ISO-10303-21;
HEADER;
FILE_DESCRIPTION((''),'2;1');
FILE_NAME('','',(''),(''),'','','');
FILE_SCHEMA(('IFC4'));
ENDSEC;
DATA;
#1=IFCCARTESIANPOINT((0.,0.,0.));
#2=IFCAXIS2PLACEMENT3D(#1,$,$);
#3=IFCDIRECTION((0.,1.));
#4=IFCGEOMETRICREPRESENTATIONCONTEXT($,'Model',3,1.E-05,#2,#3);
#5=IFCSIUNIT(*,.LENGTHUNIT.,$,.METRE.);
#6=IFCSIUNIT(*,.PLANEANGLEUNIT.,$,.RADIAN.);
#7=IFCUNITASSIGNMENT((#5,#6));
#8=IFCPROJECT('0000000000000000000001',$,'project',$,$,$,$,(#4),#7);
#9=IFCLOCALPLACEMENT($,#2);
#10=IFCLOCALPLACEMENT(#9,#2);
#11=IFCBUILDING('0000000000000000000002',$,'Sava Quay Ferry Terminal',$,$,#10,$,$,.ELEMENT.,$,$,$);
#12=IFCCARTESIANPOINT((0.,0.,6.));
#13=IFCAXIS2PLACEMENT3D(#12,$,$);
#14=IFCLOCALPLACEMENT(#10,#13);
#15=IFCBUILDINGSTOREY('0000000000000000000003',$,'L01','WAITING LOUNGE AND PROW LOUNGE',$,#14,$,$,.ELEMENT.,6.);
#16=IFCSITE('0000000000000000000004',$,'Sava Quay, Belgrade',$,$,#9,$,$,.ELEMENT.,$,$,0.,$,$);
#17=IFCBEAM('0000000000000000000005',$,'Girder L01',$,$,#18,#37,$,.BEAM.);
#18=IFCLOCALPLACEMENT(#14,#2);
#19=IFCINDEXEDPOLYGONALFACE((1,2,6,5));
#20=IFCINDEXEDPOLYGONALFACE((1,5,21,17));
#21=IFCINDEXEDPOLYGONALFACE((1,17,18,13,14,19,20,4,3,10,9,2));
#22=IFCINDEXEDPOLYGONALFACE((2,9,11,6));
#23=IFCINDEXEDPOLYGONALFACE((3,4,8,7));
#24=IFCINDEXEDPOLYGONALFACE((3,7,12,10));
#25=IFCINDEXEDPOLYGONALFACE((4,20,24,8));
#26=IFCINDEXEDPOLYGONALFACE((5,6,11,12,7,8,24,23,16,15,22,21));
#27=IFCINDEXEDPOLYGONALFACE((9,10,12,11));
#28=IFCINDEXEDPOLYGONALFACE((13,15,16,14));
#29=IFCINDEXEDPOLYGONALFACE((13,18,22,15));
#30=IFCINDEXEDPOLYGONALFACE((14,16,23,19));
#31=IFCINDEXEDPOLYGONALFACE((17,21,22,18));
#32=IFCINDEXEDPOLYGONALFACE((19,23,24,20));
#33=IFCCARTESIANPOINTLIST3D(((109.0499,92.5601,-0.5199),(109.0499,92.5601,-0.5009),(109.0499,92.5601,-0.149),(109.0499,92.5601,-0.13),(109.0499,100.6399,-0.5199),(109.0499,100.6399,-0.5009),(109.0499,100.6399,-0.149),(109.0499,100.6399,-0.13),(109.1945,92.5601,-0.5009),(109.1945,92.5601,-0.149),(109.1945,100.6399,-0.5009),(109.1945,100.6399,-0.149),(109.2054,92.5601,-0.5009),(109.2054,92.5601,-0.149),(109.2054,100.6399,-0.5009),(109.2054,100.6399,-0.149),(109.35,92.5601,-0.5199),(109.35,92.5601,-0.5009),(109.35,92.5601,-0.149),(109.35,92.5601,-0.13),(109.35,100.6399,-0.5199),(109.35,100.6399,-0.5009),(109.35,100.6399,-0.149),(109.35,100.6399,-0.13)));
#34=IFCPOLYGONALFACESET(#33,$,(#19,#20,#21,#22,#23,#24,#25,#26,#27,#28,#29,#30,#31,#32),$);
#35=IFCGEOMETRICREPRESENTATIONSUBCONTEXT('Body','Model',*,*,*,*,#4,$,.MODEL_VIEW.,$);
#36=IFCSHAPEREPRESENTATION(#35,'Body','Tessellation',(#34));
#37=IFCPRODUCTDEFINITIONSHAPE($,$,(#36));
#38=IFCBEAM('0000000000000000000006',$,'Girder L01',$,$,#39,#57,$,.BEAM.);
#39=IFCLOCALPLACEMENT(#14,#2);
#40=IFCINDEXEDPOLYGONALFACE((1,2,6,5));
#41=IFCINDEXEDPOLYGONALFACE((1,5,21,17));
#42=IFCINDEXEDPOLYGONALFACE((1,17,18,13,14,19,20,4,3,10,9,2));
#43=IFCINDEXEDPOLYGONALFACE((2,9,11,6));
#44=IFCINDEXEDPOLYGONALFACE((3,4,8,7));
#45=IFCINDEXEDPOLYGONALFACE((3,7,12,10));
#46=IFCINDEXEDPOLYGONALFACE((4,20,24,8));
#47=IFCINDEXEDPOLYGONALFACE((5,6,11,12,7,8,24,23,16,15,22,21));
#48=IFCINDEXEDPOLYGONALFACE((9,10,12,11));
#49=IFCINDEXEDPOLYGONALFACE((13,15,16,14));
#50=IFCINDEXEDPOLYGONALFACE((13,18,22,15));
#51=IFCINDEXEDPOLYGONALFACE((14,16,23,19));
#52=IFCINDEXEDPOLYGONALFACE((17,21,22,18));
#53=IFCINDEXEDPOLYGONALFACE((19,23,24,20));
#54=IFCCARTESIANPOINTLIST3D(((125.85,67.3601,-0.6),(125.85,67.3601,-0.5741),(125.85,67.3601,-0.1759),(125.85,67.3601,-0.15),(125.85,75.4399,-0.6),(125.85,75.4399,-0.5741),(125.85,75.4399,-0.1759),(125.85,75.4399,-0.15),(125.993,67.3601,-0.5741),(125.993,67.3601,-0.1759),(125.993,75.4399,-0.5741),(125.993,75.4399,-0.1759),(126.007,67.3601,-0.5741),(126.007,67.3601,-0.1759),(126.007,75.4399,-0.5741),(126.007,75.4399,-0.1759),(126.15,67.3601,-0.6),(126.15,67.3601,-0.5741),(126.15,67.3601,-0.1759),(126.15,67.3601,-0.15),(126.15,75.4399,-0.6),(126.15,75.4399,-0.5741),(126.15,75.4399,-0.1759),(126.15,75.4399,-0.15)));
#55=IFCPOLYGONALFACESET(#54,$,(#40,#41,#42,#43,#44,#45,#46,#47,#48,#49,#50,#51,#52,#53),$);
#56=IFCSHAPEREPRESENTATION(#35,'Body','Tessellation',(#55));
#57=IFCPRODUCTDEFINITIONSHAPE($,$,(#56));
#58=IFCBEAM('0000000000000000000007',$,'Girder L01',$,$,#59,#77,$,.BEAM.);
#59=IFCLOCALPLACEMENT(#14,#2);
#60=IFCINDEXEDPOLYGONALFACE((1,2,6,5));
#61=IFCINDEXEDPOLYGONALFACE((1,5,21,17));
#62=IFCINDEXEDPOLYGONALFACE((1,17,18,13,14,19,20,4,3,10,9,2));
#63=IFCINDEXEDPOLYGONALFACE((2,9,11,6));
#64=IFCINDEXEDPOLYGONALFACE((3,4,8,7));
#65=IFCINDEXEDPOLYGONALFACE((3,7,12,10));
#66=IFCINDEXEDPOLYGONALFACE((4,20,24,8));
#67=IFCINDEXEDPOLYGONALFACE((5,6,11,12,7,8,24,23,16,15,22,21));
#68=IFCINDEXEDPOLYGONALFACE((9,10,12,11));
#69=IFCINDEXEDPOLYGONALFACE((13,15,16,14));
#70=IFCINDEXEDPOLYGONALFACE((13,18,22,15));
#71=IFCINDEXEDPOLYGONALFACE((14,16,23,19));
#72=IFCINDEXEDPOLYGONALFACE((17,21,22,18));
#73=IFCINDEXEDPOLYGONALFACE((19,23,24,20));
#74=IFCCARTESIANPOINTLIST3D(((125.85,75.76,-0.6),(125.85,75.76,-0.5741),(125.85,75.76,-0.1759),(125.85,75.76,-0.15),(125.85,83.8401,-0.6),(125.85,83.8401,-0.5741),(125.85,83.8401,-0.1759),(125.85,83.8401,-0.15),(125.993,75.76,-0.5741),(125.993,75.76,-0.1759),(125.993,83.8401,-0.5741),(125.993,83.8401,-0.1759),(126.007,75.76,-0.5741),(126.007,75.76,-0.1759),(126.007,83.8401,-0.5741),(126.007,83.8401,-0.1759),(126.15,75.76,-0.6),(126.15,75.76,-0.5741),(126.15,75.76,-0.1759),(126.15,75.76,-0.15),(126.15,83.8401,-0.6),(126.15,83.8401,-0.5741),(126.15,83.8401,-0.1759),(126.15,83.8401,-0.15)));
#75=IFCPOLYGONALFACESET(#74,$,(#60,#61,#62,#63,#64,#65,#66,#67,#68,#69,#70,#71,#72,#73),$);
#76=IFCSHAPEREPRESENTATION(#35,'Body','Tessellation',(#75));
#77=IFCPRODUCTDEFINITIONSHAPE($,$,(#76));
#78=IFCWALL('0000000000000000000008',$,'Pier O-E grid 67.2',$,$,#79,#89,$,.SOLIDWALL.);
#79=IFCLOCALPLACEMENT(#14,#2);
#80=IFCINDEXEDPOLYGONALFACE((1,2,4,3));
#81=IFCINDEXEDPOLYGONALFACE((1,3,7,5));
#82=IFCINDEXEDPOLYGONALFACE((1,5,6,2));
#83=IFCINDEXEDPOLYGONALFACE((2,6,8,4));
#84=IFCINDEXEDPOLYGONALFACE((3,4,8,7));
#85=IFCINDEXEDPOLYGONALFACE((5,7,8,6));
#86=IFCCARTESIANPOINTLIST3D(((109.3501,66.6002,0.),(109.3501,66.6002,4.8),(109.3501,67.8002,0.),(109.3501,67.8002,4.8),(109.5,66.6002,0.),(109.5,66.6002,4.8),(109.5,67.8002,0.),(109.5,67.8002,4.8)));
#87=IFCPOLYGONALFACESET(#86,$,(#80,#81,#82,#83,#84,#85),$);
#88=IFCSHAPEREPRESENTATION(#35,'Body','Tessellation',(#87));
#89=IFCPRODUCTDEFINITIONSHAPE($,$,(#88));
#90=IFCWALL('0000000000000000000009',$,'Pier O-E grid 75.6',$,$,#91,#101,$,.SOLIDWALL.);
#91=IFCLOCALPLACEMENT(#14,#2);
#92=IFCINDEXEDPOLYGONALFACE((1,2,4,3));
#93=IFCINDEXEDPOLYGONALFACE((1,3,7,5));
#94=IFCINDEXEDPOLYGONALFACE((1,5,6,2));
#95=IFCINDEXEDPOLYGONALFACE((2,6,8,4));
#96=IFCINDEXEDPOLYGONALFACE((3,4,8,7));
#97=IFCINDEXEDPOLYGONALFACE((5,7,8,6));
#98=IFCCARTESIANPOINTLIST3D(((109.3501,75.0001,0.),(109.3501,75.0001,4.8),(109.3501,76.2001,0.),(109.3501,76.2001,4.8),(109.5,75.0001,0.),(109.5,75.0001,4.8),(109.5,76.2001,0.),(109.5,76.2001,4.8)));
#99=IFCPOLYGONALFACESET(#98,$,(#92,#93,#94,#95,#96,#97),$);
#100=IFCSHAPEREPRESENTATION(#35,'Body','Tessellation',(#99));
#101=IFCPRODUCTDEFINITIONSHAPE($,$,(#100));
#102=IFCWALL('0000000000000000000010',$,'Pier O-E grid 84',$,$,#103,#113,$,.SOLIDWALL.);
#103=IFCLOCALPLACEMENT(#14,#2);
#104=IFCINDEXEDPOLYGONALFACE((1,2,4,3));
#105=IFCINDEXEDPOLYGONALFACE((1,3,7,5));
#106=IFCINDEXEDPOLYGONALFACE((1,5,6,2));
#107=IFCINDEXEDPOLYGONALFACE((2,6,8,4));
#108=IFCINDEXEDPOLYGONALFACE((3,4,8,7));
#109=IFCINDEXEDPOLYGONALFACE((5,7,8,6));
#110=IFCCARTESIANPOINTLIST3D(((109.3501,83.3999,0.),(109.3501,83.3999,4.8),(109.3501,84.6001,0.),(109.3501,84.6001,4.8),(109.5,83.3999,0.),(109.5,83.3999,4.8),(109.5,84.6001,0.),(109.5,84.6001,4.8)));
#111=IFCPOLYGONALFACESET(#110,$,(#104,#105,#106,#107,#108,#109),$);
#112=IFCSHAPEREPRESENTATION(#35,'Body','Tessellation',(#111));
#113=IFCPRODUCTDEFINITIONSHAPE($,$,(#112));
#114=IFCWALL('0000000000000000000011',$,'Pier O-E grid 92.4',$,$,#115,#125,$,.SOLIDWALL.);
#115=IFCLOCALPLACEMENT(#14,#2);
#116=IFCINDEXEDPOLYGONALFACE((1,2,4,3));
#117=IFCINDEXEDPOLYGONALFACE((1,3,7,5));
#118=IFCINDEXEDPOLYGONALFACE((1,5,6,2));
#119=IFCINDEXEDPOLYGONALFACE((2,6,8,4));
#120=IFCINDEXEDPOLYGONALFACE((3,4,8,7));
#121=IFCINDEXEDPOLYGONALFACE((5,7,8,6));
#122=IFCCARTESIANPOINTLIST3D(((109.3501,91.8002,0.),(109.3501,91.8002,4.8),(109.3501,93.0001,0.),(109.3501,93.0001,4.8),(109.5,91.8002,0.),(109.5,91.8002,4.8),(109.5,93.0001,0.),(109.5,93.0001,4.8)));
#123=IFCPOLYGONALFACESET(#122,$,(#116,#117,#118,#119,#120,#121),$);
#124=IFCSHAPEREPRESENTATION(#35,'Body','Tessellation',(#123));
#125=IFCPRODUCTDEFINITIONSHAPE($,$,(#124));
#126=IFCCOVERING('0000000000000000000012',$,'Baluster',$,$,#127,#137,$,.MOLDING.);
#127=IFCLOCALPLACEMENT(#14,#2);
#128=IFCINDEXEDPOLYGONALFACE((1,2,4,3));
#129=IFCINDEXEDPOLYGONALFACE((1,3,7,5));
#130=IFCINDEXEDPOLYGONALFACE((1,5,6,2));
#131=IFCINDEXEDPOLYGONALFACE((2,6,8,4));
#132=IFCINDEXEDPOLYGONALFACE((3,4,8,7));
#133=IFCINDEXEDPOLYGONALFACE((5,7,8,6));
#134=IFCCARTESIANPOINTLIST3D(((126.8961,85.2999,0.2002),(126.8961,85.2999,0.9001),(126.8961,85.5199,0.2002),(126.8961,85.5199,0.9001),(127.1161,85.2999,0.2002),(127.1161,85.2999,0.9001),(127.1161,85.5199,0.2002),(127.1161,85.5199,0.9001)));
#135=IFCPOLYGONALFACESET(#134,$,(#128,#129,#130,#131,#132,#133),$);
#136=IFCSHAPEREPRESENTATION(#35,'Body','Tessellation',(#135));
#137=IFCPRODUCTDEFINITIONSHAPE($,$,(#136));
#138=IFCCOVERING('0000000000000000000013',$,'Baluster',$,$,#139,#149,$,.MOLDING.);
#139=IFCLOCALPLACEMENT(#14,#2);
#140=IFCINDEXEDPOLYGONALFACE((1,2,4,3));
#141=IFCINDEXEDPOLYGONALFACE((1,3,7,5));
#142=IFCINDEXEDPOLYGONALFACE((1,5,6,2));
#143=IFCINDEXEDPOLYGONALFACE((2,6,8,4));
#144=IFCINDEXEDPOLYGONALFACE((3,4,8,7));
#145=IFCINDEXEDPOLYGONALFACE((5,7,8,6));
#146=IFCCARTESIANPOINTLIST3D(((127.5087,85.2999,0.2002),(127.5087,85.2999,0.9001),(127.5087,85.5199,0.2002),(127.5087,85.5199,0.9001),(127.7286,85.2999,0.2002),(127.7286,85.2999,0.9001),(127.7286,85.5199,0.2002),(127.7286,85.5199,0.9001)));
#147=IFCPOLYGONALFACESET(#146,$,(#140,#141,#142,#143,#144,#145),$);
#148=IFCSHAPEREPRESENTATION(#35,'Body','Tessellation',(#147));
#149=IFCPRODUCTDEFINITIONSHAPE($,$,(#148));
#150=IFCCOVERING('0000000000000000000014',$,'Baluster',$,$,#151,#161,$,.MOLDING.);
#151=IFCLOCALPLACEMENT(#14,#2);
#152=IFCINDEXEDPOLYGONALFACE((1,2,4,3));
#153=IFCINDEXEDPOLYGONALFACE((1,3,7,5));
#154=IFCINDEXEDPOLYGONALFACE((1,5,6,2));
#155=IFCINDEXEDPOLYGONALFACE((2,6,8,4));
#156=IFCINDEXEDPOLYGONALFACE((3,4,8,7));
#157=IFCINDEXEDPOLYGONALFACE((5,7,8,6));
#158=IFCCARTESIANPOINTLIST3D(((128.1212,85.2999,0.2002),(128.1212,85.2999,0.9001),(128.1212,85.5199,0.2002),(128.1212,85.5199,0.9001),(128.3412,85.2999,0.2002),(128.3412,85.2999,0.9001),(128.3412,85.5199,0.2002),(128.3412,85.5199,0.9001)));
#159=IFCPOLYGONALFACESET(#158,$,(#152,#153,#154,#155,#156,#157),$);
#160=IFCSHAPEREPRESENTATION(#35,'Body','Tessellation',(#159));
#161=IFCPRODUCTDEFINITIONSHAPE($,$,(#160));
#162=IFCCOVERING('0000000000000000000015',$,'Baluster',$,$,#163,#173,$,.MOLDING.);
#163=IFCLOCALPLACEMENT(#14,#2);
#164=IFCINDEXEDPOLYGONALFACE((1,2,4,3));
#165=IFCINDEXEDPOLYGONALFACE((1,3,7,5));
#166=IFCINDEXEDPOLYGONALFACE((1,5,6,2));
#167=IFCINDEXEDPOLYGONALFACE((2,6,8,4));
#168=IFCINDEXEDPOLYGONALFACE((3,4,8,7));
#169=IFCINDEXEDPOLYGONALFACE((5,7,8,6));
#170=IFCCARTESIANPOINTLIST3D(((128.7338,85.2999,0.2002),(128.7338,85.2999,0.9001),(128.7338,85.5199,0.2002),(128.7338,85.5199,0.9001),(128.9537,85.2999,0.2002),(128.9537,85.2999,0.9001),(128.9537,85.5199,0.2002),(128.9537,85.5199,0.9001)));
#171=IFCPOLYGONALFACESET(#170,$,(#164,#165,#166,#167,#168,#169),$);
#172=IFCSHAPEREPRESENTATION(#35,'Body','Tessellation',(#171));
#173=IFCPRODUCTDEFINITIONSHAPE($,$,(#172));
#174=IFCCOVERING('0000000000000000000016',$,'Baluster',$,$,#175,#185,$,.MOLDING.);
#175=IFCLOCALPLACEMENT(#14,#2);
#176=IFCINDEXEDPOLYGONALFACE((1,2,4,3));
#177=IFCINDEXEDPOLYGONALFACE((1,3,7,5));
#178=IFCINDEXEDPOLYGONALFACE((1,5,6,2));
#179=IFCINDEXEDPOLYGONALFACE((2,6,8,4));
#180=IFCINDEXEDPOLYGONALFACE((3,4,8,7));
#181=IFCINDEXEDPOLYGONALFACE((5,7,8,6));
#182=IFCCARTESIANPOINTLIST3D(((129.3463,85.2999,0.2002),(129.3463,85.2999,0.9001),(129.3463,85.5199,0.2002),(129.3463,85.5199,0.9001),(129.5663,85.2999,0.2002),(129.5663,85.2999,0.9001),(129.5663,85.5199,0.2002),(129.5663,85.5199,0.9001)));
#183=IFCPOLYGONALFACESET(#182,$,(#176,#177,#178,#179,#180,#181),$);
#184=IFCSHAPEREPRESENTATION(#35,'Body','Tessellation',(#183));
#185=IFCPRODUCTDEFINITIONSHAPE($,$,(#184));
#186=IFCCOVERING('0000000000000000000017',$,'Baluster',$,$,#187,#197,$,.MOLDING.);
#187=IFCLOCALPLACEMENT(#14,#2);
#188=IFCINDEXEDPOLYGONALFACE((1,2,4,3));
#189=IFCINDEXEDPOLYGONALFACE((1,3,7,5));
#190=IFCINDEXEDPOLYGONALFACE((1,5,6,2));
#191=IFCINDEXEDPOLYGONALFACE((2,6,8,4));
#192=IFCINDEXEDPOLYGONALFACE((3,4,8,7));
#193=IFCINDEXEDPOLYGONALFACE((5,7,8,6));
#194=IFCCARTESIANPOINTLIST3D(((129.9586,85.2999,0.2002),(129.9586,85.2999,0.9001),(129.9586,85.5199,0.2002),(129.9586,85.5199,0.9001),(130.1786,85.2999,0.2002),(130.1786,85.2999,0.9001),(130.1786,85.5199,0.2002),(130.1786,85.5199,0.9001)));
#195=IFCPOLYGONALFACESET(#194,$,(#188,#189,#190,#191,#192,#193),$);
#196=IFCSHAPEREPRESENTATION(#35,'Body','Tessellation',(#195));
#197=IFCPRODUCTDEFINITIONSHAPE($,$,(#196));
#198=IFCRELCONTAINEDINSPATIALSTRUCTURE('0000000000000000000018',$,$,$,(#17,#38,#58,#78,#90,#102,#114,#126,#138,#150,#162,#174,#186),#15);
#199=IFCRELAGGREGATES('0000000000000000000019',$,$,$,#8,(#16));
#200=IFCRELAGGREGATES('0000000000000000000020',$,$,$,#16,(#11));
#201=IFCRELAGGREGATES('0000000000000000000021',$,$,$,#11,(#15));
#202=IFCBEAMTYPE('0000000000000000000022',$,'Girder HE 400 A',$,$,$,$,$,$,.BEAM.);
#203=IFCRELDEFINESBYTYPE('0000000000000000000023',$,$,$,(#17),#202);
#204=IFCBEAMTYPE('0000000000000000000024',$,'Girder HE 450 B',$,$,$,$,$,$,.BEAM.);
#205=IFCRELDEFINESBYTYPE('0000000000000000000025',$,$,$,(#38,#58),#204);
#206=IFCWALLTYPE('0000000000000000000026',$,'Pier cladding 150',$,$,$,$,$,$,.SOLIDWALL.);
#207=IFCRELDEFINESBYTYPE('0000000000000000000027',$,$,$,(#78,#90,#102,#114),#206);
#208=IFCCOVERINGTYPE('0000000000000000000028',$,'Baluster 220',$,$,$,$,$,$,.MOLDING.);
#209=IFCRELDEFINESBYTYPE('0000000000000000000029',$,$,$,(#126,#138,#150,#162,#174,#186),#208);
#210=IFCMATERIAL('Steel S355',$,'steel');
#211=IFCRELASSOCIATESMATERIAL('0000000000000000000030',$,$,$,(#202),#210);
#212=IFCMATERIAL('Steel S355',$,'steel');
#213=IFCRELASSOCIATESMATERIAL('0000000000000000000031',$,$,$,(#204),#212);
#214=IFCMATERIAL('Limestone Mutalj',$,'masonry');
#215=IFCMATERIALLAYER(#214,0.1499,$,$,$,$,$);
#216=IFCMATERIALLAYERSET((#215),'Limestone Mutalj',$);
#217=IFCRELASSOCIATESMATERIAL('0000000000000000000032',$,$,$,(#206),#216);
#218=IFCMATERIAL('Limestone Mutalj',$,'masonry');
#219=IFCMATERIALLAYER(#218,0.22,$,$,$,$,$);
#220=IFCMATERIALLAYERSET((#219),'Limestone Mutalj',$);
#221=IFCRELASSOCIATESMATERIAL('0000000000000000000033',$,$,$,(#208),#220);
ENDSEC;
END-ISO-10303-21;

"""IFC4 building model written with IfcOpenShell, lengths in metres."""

from ifc_helpers import new_model, si_unit, direction, frame, frame_2d, origin, origin_2d, place, context, subcontext, project, spatial, rectangle, i_section, extrude, material, layer, layer_set, material_profile, profile_set, type_object, element, save


model = new_model("IFC4")

# Units and contexts
model_context = context("Model", 3, precision=1e-05, world=origin(), true_north=direction((0.0, 1.0)))
body_context = subcontext(model_context, "Body", "Model", "MODEL_VIEW")
ifc_project = project(units=[si_unit("LENGTHUNIT", "METRE"), si_unit("PLANEANGLEUNIT", "RADIAN")], contexts=[model_context])

# Site, building, storey
site_placement = place(None, origin())
site = spatial("IfcSite", under=ifc_project, at=site_placement, Name="Sava Quay, Belgrade", CompositionType="ELEMENT", RefElevation=0.0)
building_placement = place(site_placement, origin())
building = spatial("IfcBuilding", under=site, at=building_placement, Name="Sava Quay Ferry Terminal", CompositionType="ELEMENT")
storey_placement = place(building_placement, frame((0.0, 0.0, 6.0)))
storey = spatial("IfcBuildingStorey", under=building, at=storey_placement, Name="L01", Description="WAITING LOUNGE AND PROW LOUNGE", CompositionType="ELEMENT", Elevation=6.0)

# Beams
ifc_material_1 = material(Name="Steel S355", Category="steel")
ifc_material_profile_1 = material_profile(ifc_material_1, i_section(OverallWidth=0.3, OverallDepth=0.3899, WebThickness=0.011, FlangeThickness=0.019, at=origin_2d()), Name="HE 400 A")
ifc_profile_set_1 = profile_set([ifc_material_profile_1], Name="Steel S355")
beam_type_1 = type_object("IfcBeamType", Name="Girder HE 400 A", PredefinedType="BEAM", material=ifc_profile_set_1)
beam_1_placement = place(storey_placement, frame((109.2, 92.5601, -0.325), z_axis=(0.0, 1.0, 0.0), x_axis=(-1.0, 0.0, 0.0)))
element("IfcBeam", 1, at=beam_1_placement, inside=storey, type_object=beam_type_1, Name="Girder L01", PredefinedType="BEAM", context=body_context, shape_type="SweptSolid", body=[
    extrude(i_section(OverallWidth=0.3, OverallDepth=0.3899, WebThickness=0.011, FlangeThickness=0.019, at=origin_2d()), origin(), (0.0, 0.0, 1.0), 8.0798),
])
ifc_material_2 = material(Name="Steel S355", Category="steel")
ifc_material_profile_2 = material_profile(ifc_material_2, i_section(OverallWidth=0.3, OverallDepth=0.45, WebThickness=0.0139, FlangeThickness=0.0259, at=origin_2d()), Name="HE 450 B")
ifc_profile_set_2 = profile_set([ifc_material_profile_2], Name="Steel S355")
beam_type_2 = type_object("IfcBeamType", Name="Girder HE 450 B", PredefinedType="BEAM", material=ifc_profile_set_2)
beam_2_placement = place(storey_placement, frame((126.0, 67.3601, -0.375), z_axis=(0.0, 1.0, 0.0), x_axis=(-1.0, 0.0, 0.0)))
element("IfcBeam", 2, at=beam_2_placement, inside=storey, type_object=beam_type_2, Name="Girder L01", PredefinedType="BEAM", context=body_context, shape_type="SweptSolid", body=[
    extrude(i_section(OverallWidth=0.3, OverallDepth=0.45, WebThickness=0.0139, FlangeThickness=0.0259, at=origin_2d()), origin(), (0.0, 0.0, 1.0), 8.0798),
])
beam_3_placement = place(storey_placement, frame((126.0, 75.76, -0.375), z_axis=(0.0, 1.0, 0.0), x_axis=(-1.0, 0.0, 0.0)))
element("IfcBeam", 3, at=beam_3_placement, inside=storey, type_object=beam_type_2, Name="Girder L01", PredefinedType="BEAM", context=body_context, shape_type="SweptSolid", body=[
    extrude(i_section(OverallWidth=0.3, OverallDepth=0.45, WebThickness=0.0139, FlangeThickness=0.0259, at=origin_2d()), origin(), (0.0, 0.0, 1.0), 8.0801),
])

# Walls
ifc_material_3 = material(Name="Limestone Mutalj", Category="masonry")
ifc_layer_1 = layer(ifc_material_3, 0.1499)
ifc_layer_set_1 = layer_set([ifc_layer_1], Name="Limestone Mutalj")
wall_type = type_object("IfcWallType", Name="Pier cladding 150", PredefinedType="SOLIDWALL", material=ifc_layer_set_1)
for number, where, z_axis, x_axis, name in (
    (4, (109.425, 66.6001, 0.0), (0.0, 0.0, 1.0), (0.0, 1.0, 0.0), "Pier O-E grid 67.2"),
    (5, (109.425, 75.0, 0.0), (0.0, 0.0, 1.0), (0.0, 1.0, 0.0), "Pier O-E grid 75.6"),
):
    element("IfcWall", number, at=place(storey_placement, frame(where, z_axis=z_axis, x_axis=x_axis)), inside=storey, type_object=wall_type, Name=name, PredefinedType="SOLIDWALL", context=body_context, shape_type="SweptSolid", body=[
        extrude(rectangle(XDim=1.2, YDim=0.1499, at=frame_2d((0.6001, 0.0))), origin(), (0.0, 0.0, 1.0), 4.8),
    ])
wall_1_placement = place(storey_placement, frame((109.425, 83.3999, 0.0), z_axis=(0.0, 0.0, 1.0), x_axis=(0.0, 1.0, 0.0)))
element("IfcWall", 6, at=wall_1_placement, inside=storey, type_object=wall_type, Name="Pier O-E grid 84", PredefinedType="SOLIDWALL", context=body_context, shape_type="SweptSolid", body=[
    extrude(rectangle(XDim=1.2002, YDim=0.1499, at=frame_2d((0.6001, 0.0))), origin(), (0.0, 0.0, 1.0), 4.8),
])
wall_2_placement = place(storey_placement, frame((109.425, 91.8, 0.0), z_axis=(0.0, 0.0, 1.0), x_axis=(0.0, 1.0, 0.0)))
element("IfcWall", 7, at=wall_2_placement, inside=storey, type_object=wall_type, Name="Pier O-E grid 92.4", PredefinedType="SOLIDWALL", context=body_context, shape_type="SweptSolid", body=[
    extrude(rectangle(XDim=1.2, YDim=0.1499, at=frame_2d((0.6001, 0.0))), origin(), (0.0, 0.0, 1.0), 4.8),
])

# Coverings
ifc_material_4 = material(Name="Limestone Mutalj", Category="masonry")
ifc_layer_2 = layer(ifc_material_4, 0.22)
ifc_layer_set_2 = layer_set([ifc_layer_2], Name="Limestone Mutalj")
covering_type_1 = type_object("IfcCoveringType", Name="Baluster 220", PredefinedType="MOLDING", material=ifc_layer_set_2)
for number, where, z_axis, x_axis, name in (
    (8, (127.0061, 85.4099, 0.2002), (0.0, 0.0, 1.0), (1.0, 0.0, 0.0), "Baluster"),
    (9, (127.6187, 85.4099, 0.2002), (0.0, 0.0, 1.0), (1.0, 0.0, 0.0), "Baluster"),
    (10, (128.2312, 85.4099, 0.2002), (0.0, 0.0, 1.0), (1.0, 0.0, 0.0), "Baluster"),
    (11, (128.8438, 85.4099, 0.2002), (0.0, 0.0, 1.0), (1.0, 0.0, 0.0), "Baluster"),
    (12, (129.4563, 85.4099, 0.2002), (0.0, 0.0, 1.0), (1.0, 0.0, 0.0), "Baluster"),
    (13, (130.0686, 85.4099, 0.2002), (0.0, 0.0, 1.0), (1.0, 0.0, 0.0), "Baluster"),
):
    element("IfcCovering", number, at=place(storey_placement, frame(where, z_axis=z_axis, x_axis=x_axis)), inside=storey, type_object=covering_type_1, Name=name, PredefinedType="MOLDING", context=body_context, shape_type="SweptSolid", body=[
        extrude(rectangle(XDim=0.22, YDim=0.22, at=origin_2d()), origin(), (0.0, 0.0, 1.0), 0.7),
    ])

save(model, "model.ifc")
